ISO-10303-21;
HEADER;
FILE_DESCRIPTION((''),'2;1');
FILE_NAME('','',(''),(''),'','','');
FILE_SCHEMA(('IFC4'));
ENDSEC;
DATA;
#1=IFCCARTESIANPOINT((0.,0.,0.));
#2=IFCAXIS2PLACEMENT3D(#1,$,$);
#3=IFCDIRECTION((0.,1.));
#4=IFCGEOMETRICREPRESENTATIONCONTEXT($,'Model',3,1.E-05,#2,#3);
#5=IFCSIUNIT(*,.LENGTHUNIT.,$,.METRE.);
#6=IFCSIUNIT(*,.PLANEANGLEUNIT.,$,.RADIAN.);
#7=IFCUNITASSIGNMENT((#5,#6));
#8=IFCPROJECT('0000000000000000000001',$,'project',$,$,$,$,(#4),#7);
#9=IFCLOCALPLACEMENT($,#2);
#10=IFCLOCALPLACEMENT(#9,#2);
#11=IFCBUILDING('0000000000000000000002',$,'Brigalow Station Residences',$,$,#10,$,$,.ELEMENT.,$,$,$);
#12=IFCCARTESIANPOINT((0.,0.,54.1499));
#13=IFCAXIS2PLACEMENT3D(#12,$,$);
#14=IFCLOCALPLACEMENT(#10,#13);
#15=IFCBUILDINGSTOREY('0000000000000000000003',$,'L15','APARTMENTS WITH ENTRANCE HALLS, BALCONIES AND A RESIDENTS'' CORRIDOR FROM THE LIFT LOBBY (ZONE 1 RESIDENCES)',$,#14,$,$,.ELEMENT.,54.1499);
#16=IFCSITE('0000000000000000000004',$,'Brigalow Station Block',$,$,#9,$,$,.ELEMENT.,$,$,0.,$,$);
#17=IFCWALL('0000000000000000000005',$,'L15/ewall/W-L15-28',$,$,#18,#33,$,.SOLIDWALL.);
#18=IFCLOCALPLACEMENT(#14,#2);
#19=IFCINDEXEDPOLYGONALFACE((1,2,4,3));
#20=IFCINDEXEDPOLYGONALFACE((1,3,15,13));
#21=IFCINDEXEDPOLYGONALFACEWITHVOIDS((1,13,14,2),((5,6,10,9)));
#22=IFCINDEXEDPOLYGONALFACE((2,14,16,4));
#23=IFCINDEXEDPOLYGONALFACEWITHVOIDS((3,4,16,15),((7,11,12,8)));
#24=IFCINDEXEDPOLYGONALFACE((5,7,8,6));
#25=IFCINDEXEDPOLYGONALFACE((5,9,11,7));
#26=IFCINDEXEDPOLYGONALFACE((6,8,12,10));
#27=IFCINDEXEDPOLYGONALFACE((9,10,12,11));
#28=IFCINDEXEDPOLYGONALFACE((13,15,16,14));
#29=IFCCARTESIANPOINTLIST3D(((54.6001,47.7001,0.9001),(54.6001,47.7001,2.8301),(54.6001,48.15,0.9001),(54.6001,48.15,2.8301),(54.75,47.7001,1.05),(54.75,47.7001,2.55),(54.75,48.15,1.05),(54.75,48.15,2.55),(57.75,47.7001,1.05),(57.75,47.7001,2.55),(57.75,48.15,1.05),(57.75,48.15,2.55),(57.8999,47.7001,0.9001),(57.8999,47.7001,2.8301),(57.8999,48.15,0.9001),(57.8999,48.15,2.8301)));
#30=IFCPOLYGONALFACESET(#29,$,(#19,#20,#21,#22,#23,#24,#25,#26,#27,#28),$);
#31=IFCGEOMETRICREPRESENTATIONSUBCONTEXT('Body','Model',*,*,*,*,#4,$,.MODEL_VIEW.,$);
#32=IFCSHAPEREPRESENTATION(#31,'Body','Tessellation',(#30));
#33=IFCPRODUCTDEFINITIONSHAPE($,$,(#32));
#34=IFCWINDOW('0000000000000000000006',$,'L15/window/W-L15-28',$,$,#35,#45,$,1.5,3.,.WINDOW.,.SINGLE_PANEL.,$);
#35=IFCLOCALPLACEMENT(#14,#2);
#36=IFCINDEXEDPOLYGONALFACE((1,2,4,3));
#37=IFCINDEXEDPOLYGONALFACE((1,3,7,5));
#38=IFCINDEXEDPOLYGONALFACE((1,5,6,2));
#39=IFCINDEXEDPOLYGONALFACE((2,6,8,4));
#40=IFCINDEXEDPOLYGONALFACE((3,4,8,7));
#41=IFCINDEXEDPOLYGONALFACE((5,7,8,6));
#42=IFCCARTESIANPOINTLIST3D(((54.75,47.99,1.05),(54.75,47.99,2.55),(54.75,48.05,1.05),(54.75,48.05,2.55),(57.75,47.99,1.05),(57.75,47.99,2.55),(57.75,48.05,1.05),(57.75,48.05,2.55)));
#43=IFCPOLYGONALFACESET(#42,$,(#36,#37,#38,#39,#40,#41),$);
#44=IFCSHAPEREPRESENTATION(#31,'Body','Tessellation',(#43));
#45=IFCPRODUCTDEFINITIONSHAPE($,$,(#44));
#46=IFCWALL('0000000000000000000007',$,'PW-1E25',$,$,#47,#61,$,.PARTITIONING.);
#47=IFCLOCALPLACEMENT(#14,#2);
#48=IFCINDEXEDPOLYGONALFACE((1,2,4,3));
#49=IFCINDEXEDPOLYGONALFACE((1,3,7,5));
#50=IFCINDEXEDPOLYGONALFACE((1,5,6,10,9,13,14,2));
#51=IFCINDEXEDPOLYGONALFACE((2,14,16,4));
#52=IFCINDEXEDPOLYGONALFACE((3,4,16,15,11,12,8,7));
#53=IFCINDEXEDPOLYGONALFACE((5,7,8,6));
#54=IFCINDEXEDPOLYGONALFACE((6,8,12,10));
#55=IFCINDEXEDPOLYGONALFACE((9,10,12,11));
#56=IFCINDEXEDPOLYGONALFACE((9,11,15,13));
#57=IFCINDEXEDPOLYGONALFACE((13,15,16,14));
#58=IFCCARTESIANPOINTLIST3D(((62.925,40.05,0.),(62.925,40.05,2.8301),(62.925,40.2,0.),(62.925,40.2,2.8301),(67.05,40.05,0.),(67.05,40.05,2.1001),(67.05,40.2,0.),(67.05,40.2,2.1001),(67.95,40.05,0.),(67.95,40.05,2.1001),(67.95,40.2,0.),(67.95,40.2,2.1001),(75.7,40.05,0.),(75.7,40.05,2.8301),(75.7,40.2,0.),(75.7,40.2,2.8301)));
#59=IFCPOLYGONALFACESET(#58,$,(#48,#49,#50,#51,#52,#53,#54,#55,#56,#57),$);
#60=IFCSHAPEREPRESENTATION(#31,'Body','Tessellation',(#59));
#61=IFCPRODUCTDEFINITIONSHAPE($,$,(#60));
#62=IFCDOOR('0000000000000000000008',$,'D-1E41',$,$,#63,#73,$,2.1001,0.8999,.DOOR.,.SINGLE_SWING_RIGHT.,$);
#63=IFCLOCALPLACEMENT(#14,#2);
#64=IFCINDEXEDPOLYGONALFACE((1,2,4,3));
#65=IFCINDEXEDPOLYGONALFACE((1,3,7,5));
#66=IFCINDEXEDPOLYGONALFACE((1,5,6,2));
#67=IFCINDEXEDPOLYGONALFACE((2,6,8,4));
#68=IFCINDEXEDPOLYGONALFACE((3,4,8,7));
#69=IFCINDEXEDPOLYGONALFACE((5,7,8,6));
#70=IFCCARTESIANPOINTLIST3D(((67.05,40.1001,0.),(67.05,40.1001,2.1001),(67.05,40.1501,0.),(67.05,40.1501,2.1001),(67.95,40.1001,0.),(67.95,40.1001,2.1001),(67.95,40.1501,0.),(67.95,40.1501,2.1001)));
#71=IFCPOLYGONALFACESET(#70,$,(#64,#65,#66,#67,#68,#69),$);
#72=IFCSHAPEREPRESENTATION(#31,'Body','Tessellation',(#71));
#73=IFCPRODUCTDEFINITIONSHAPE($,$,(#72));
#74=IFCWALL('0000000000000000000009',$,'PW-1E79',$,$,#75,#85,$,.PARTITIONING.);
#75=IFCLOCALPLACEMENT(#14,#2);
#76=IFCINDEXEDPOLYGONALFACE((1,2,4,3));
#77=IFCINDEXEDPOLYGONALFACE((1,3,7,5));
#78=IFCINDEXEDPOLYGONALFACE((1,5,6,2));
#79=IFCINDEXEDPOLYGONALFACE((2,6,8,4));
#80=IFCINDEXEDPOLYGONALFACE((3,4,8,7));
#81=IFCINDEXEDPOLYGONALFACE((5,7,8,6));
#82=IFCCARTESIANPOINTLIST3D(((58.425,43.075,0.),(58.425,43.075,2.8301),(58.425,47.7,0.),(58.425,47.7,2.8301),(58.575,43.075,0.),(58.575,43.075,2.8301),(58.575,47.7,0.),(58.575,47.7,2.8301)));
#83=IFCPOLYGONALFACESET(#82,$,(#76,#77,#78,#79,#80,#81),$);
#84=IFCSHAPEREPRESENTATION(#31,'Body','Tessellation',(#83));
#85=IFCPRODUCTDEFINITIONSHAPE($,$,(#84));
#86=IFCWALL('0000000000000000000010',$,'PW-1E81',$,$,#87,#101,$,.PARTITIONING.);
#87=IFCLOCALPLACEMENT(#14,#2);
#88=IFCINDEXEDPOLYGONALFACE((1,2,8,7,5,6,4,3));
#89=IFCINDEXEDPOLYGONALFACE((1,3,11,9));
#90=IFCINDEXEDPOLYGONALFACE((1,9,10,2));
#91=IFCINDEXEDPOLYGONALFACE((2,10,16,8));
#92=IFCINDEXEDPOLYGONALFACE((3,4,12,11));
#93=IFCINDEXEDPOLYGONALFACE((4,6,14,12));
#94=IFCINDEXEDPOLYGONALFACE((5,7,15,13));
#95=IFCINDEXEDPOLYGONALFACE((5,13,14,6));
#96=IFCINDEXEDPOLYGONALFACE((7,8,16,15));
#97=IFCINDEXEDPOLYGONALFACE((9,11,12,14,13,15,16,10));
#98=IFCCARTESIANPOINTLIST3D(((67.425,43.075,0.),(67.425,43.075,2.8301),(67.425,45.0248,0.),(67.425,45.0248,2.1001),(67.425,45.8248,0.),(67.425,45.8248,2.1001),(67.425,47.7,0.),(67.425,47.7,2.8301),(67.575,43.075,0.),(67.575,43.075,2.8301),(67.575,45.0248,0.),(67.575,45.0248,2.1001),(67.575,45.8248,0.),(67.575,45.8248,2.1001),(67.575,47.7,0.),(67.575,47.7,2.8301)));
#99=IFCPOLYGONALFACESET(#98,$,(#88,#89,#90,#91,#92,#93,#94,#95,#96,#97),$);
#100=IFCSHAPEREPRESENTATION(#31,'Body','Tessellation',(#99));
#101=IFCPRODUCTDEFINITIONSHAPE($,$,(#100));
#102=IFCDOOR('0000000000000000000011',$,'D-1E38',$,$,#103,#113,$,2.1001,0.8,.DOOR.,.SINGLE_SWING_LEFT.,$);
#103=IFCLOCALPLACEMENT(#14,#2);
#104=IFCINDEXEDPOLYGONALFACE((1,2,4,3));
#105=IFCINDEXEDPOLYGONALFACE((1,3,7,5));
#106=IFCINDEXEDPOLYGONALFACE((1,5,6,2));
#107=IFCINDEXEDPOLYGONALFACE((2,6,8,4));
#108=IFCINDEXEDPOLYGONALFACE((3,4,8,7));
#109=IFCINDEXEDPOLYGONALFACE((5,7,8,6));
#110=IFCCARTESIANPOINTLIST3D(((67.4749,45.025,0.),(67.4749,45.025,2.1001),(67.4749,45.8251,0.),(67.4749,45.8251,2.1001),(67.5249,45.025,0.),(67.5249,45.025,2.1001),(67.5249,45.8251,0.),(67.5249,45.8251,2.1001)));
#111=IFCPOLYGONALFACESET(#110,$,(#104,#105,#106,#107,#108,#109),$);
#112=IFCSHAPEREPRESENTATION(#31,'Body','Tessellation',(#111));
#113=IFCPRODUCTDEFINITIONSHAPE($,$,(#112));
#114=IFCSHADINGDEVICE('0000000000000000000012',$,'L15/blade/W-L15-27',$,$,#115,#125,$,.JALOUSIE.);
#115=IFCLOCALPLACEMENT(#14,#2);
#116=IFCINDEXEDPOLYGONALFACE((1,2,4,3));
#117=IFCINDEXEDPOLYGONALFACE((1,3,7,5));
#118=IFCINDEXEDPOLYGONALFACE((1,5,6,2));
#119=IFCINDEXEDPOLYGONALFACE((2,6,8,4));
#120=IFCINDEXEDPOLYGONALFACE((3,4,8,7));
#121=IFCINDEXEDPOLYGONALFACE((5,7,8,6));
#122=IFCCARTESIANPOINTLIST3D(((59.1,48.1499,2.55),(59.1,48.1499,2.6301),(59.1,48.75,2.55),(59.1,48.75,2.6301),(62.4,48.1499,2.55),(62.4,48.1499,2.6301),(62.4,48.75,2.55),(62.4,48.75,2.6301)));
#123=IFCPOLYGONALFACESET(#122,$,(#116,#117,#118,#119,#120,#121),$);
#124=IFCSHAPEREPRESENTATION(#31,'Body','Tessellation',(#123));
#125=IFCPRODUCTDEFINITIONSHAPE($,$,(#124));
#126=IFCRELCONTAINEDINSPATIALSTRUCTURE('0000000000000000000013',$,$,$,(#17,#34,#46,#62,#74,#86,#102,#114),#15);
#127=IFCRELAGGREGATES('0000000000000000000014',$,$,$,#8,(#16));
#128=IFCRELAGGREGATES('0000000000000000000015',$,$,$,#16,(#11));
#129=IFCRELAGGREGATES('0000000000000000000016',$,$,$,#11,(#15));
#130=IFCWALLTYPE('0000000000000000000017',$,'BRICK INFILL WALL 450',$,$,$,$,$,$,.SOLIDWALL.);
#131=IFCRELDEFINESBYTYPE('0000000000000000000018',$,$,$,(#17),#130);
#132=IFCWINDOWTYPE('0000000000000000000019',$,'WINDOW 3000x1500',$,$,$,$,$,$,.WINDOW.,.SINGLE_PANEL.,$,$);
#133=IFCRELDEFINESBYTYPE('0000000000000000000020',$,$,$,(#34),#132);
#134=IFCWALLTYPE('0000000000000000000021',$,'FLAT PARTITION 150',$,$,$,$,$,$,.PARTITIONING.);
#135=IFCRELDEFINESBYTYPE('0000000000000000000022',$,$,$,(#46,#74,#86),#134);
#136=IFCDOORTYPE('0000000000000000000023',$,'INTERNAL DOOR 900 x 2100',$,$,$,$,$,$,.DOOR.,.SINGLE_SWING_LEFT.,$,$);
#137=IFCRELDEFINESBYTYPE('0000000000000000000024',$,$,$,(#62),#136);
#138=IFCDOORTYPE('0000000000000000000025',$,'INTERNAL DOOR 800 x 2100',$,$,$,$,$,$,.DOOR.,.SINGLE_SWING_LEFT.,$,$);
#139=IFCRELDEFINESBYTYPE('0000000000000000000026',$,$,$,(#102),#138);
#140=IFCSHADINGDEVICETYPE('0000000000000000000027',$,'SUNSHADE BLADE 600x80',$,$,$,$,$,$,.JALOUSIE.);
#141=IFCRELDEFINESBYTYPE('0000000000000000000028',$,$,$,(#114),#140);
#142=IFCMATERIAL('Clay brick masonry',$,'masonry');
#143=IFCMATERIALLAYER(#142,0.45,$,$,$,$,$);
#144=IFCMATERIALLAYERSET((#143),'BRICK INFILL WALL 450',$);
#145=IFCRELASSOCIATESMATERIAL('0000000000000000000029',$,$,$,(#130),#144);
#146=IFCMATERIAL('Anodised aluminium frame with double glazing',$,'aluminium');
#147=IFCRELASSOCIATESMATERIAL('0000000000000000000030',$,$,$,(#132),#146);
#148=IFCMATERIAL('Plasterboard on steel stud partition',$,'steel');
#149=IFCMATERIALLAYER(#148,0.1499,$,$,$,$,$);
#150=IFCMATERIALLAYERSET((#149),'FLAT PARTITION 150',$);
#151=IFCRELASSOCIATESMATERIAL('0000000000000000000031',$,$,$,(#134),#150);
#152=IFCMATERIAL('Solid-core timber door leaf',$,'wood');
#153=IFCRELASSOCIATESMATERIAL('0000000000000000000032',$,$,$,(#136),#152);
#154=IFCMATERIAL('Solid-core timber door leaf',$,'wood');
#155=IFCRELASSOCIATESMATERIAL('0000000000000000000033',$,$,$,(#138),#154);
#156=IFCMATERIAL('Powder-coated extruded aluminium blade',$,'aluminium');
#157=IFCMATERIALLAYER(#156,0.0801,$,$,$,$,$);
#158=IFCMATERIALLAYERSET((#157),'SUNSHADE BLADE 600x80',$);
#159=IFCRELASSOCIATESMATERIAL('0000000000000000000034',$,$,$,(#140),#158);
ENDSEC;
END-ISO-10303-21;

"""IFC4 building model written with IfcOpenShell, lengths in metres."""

from ifc_helpers import new_model, si_unit, direction, frame, frame_2d, origin, origin_2d, place, context, subcontext, project, spatial, rectangle, extrude, material, layer, layer_set, type_object, element, fill, save


model = new_model("IFC4")

# Units and contexts
model_context = context("Model", 3, precision=1e-05, world=origin(), true_north=direction((0.0, 1.0)))
body_context = subcontext(model_context, "Body", "Model", "MODEL_VIEW")
ifc_project = project(units=[si_unit("LENGTHUNIT", "METRE"), si_unit("PLANEANGLEUNIT", "RADIAN")], contexts=[model_context])

# Site, building, storey
site_placement = place(None, origin())
site = spatial("IfcSite", under=ifc_project, at=site_placement, Name="Brigalow Station Block", CompositionType="ELEMENT", RefElevation=0.0)
building_placement = place(site_placement, origin())
building = spatial("IfcBuilding", under=site, at=building_placement, Name="Brigalow Station Residences", CompositionType="ELEMENT")
storey_placement = place(building_placement, frame((0.0, 0.0, 54.1499)))
storey = spatial("IfcBuildingStorey", under=building, at=storey_placement, Name="L15", Description="APARTMENTS WITH ENTRANCE HALLS, BALCONIES AND A RESIDENTS' CORRIDOR FROM THE LIFT LOBBY (ZONE 1 RESIDENCES)", CompositionType="ELEMENT", Elevation=54.1499)

# Shared definitions
ifc_material_1 = material(Name="Clay brick masonry", Category="masonry")
ifc_layer_1 = layer(ifc_material_1, 0.45)
ifc_layer_set_1 = layer_set([ifc_layer_1], Name="BRICK INFILL WALL 450")
wall_type_1 = type_object("IfcWallType", Name="BRICK INFILL WALL 450", PredefinedType="SOLIDWALL", material=ifc_layer_set_1)

# Wall, opening, window
ifc_material_2 = material(Name="Anodised aluminium frame with double glazing", Category="aluminium")
window_type = type_object("IfcWindowType", Name="WINDOW 3000x1500", PartitioningType="SINGLE_PANEL", PredefinedType="WINDOW", material=ifc_material_2)
wall_1_placement = place(storey_placement, frame((57.8999, 47.925, 0.9001), z_axis=(0.0, 0.0, 1.0), x_axis=(-1.0, 0.0, 0.0)))
wall_1 = element("IfcWall", 1, at=wall_1_placement, inside=storey, type_object=wall_type_1, Name="L15/ewall/W-L15-28", PredefinedType="SOLIDWALL", context=body_context, shape_type="SweptSolid", body=[
    extrude(rectangle(XDim=3.2998, YDim=0.45, at=frame_2d((1.6499, 0.0))), origin(), (0.0, 0.0, 1.0), 1.9299),
])
opening_1_placement = place(wall_1_placement, frame((0.1499, 0.0, 0.1499)))
opening_1 = element("IfcOpeningElement", 2, at=opening_1_placement, cuts=wall_1, PredefinedType="OPENING", context=body_context, shape_type="SweptSolid", body=[
    extrude(rectangle(XDim=3.0, YDim=1.5, at=frame_2d((1.5, 0.75))), frame((0.0, 0.2349, 0.0), z_axis=(0.0, -1.0, 0.0), x_axis=(1.0, 0.0, 0.0)), (0.0, 0.0, 1.0), 0.47),
])
window_1_placement = place(opening_1_placement, origin())
window_1 = element("IfcWindow", 3, at=window_1_placement, inside=storey, type_object=window_type, Name="L15/window/W-L15-28", OverallHeight=1.5, OverallWidth=3.0, PartitioningType="SINGLE_PANEL", PredefinedType="WINDOW", context=body_context, shape_type="SweptSolid", body=[
    extrude(rectangle(XDim=3.0, YDim=1.5, at=frame_2d((1.5, 0.75))), frame((0.0, -0.0649, 0.0), z_axis=(0.0, -1.0, 0.0), x_axis=(1.0, 0.0, 0.0)), (0.0, 0.0, 1.0), 0.0601),
])
fill(opening_1, window_1)

# Wall, opening, door
ifc_material_3 = material(Name="Plasterboard on steel stud partition", Category="steel")
ifc_layer_2 = layer(ifc_material_3, 0.1499)
ifc_layer_set_2 = layer_set([ifc_layer_2], Name="FLAT PARTITION 150")
wall_type_2 = type_object("IfcWallType", Name="FLAT PARTITION 150", PredefinedType="PARTITIONING", material=ifc_layer_set_2)
wall_2_placement = place(storey_placement, frame((62.925, 40.125, 0.0), z_axis=(0.0, 0.0, 1.0), x_axis=(1.0, 0.0, 0.0)))
wall_2 = element("IfcWall", 4, at=wall_2_placement, inside=storey, type_object=wall_type_2, Name="PW-1E25", PredefinedType="PARTITIONING", context=body_context, shape_type="SweptSolid", body=[
    extrude(rectangle(XDim=12.7749, YDim=0.1499, at=frame_2d((6.3875, 0.0))), origin(), (0.0, 0.0, 1.0), 2.8301),
])
opening_2_placement = place(wall_2_placement, frame((4.125, 0.0, 0.0)))
opening_2 = element("IfcOpeningElement", 5, at=opening_2_placement, cuts=wall_2, PredefinedType="OPENING", context=body_context, shape_type="SweptSolid", body=[
    extrude(rectangle(XDim=0.8999, YDim=2.1001, at=frame_2d((0.45, 1.05))), frame((0.0, 0.085, 0.0), z_axis=(0.0, -1.0, 0.0), x_axis=(1.0, 0.0, 0.0)), (0.0, 0.0, 1.0), 0.1699),
])
ifc_material_4 = material(Name="Solid-core timber door leaf", Category="wood")
door_type_1 = type_object("IfcDoorType", Name="INTERNAL DOOR 900 x 2100", OperationType="SINGLE_SWING_LEFT", PredefinedType="DOOR", material=ifc_material_4)
door_1_placement = place(opening_2_placement, frame((0.8999, 0.0, 0.0), z_axis=(0.0, 0.0, 1.0), x_axis=(-1.0, 0.0, 0.0)))
door_1 = element("IfcDoor", 6, at=door_1_placement, inside=storey, type_object=door_type_1, Name="D-1E41", OperationType="SINGLE_SWING_RIGHT", OverallHeight=2.1001, OverallWidth=0.8999, PredefinedType="DOOR", context=body_context, shape_type="SweptSolid", body=[
    extrude(rectangle(XDim=0.8999, YDim=2.1001, at=frame_2d((0.45, 1.05))), frame((0.0, 0.0249, 0.0), z_axis=(0.0, -1.0, 0.0), x_axis=(1.0, 0.0, 0.0)), (0.0, 0.0, 1.0), 0.05),
])
fill(opening_2, door_1)

# Wall
wall_3_placement = place(storey_placement, frame((58.5, 43.075, 0.0), z_axis=(0.0, 0.0, 1.0), x_axis=(0.0, 1.0, 0.0)))
element("IfcWall", 7, at=wall_3_placement, inside=storey, type_object=wall_type_2, Name="PW-1E79", PredefinedType="PARTITIONING", context=body_context, shape_type="SweptSolid", body=[
    extrude(rectangle(XDim=4.625, YDim=0.1499, at=frame_2d((2.3125, 0.0))), origin(), (0.0, 0.0, 1.0), 2.8301),
])

# Wall, opening, door
wall_4_placement = place(storey_placement, frame((67.5, 43.075, 0.0), z_axis=(0.0, 0.0, 1.0), x_axis=(0.0, 1.0, 0.0)))
wall_4 = element("IfcWall", 8, at=wall_4_placement, inside=storey, type_object=wall_type_2, Name="PW-1E81", PredefinedType="PARTITIONING", context=body_context, shape_type="SweptSolid", body=[
    extrude(rectangle(XDim=4.625, YDim=0.1499, at=frame_2d((2.3125, 0.0))), origin(), (0.0, 0.0, 1.0), 2.8301),
])
opening_3_placement = place(wall_4_placement, frame((1.95, 0.0, 0.0)))
opening_3 = element("IfcOpeningElement", 9, at=opening_3_placement, cuts=wall_4, PredefinedType="OPENING", context=body_context, shape_type="SweptSolid", body=[
    extrude(rectangle(XDim=0.8, YDim=2.1001, at=frame_2d((0.3999, 1.05))), frame((0.0, 0.085, 0.0), z_axis=(0.0, -1.0, 0.0), x_axis=(1.0, 0.0, 0.0)), (0.0, 0.0, 1.0), 0.1699),
])
ifc_material_5 = material(Name="Solid-core timber door leaf", Category="wood")
door_type_2 = type_object("IfcDoorType", Name="INTERNAL DOOR 800 x 2100", OperationType="SINGLE_SWING_LEFT", PredefinedType="DOOR", material=ifc_material_5)
door_2_placement = place(opening_3_placement, frame((0.8, 0.0, 0.0), z_axis=(0.0, 0.0, 1.0), x_axis=(-1.0, 0.0, 0.0)))
door_2 = element("IfcDoor", 10, at=door_2_placement, inside=storey, type_object=door_type_2, Name="D-1E38", OperationType="SINGLE_SWING_LEFT", OverallHeight=2.1001, OverallWidth=0.8, PredefinedType="DOOR", context=body_context, shape_type="SweptSolid", body=[
    extrude(rectangle(XDim=0.8, YDim=2.1001, at=frame_2d((0.3999, 1.05))), frame((0.0, 0.0249, 0.0), z_axis=(0.0, -1.0, 0.0), x_axis=(1.0, 0.0, 0.0)), (0.0, 0.0, 1.0), 0.05),
])
fill(opening_3, door_2)

# Shading device
ifc_material_6 = material(Name="Powder-coated extruded aluminium blade", Category="aluminium")
ifc_layer_3 = layer(ifc_material_6, 0.0801)
ifc_layer_set_3 = layer_set([ifc_layer_3], Name="SUNSHADE BLADE 600x80")
shading_device_type = type_object("IfcShadingDeviceType", Name="SUNSHADE BLADE 600x80", PredefinedType="JALOUSIE", material=ifc_layer_set_3)
shading_device_placement = place(storey_placement, frame((60.75, 48.45, 2.55), z_axis=(0.0, 0.0, 1.0), x_axis=(-1.0, 0.0, 0.0)))
element("IfcShadingDevice", 11, at=shading_device_placement, inside=storey, type_object=shading_device_type, Name="L15/blade/W-L15-27", PredefinedType="JALOUSIE", context=body_context, shape_type="SweptSolid", body=[
    extrude(rectangle(XDim=3.3, YDim=0.6001, at=origin_2d()), origin(), (0.0, 0.0, 1.0), 0.0801),
])

save(model, "model.ifc")
